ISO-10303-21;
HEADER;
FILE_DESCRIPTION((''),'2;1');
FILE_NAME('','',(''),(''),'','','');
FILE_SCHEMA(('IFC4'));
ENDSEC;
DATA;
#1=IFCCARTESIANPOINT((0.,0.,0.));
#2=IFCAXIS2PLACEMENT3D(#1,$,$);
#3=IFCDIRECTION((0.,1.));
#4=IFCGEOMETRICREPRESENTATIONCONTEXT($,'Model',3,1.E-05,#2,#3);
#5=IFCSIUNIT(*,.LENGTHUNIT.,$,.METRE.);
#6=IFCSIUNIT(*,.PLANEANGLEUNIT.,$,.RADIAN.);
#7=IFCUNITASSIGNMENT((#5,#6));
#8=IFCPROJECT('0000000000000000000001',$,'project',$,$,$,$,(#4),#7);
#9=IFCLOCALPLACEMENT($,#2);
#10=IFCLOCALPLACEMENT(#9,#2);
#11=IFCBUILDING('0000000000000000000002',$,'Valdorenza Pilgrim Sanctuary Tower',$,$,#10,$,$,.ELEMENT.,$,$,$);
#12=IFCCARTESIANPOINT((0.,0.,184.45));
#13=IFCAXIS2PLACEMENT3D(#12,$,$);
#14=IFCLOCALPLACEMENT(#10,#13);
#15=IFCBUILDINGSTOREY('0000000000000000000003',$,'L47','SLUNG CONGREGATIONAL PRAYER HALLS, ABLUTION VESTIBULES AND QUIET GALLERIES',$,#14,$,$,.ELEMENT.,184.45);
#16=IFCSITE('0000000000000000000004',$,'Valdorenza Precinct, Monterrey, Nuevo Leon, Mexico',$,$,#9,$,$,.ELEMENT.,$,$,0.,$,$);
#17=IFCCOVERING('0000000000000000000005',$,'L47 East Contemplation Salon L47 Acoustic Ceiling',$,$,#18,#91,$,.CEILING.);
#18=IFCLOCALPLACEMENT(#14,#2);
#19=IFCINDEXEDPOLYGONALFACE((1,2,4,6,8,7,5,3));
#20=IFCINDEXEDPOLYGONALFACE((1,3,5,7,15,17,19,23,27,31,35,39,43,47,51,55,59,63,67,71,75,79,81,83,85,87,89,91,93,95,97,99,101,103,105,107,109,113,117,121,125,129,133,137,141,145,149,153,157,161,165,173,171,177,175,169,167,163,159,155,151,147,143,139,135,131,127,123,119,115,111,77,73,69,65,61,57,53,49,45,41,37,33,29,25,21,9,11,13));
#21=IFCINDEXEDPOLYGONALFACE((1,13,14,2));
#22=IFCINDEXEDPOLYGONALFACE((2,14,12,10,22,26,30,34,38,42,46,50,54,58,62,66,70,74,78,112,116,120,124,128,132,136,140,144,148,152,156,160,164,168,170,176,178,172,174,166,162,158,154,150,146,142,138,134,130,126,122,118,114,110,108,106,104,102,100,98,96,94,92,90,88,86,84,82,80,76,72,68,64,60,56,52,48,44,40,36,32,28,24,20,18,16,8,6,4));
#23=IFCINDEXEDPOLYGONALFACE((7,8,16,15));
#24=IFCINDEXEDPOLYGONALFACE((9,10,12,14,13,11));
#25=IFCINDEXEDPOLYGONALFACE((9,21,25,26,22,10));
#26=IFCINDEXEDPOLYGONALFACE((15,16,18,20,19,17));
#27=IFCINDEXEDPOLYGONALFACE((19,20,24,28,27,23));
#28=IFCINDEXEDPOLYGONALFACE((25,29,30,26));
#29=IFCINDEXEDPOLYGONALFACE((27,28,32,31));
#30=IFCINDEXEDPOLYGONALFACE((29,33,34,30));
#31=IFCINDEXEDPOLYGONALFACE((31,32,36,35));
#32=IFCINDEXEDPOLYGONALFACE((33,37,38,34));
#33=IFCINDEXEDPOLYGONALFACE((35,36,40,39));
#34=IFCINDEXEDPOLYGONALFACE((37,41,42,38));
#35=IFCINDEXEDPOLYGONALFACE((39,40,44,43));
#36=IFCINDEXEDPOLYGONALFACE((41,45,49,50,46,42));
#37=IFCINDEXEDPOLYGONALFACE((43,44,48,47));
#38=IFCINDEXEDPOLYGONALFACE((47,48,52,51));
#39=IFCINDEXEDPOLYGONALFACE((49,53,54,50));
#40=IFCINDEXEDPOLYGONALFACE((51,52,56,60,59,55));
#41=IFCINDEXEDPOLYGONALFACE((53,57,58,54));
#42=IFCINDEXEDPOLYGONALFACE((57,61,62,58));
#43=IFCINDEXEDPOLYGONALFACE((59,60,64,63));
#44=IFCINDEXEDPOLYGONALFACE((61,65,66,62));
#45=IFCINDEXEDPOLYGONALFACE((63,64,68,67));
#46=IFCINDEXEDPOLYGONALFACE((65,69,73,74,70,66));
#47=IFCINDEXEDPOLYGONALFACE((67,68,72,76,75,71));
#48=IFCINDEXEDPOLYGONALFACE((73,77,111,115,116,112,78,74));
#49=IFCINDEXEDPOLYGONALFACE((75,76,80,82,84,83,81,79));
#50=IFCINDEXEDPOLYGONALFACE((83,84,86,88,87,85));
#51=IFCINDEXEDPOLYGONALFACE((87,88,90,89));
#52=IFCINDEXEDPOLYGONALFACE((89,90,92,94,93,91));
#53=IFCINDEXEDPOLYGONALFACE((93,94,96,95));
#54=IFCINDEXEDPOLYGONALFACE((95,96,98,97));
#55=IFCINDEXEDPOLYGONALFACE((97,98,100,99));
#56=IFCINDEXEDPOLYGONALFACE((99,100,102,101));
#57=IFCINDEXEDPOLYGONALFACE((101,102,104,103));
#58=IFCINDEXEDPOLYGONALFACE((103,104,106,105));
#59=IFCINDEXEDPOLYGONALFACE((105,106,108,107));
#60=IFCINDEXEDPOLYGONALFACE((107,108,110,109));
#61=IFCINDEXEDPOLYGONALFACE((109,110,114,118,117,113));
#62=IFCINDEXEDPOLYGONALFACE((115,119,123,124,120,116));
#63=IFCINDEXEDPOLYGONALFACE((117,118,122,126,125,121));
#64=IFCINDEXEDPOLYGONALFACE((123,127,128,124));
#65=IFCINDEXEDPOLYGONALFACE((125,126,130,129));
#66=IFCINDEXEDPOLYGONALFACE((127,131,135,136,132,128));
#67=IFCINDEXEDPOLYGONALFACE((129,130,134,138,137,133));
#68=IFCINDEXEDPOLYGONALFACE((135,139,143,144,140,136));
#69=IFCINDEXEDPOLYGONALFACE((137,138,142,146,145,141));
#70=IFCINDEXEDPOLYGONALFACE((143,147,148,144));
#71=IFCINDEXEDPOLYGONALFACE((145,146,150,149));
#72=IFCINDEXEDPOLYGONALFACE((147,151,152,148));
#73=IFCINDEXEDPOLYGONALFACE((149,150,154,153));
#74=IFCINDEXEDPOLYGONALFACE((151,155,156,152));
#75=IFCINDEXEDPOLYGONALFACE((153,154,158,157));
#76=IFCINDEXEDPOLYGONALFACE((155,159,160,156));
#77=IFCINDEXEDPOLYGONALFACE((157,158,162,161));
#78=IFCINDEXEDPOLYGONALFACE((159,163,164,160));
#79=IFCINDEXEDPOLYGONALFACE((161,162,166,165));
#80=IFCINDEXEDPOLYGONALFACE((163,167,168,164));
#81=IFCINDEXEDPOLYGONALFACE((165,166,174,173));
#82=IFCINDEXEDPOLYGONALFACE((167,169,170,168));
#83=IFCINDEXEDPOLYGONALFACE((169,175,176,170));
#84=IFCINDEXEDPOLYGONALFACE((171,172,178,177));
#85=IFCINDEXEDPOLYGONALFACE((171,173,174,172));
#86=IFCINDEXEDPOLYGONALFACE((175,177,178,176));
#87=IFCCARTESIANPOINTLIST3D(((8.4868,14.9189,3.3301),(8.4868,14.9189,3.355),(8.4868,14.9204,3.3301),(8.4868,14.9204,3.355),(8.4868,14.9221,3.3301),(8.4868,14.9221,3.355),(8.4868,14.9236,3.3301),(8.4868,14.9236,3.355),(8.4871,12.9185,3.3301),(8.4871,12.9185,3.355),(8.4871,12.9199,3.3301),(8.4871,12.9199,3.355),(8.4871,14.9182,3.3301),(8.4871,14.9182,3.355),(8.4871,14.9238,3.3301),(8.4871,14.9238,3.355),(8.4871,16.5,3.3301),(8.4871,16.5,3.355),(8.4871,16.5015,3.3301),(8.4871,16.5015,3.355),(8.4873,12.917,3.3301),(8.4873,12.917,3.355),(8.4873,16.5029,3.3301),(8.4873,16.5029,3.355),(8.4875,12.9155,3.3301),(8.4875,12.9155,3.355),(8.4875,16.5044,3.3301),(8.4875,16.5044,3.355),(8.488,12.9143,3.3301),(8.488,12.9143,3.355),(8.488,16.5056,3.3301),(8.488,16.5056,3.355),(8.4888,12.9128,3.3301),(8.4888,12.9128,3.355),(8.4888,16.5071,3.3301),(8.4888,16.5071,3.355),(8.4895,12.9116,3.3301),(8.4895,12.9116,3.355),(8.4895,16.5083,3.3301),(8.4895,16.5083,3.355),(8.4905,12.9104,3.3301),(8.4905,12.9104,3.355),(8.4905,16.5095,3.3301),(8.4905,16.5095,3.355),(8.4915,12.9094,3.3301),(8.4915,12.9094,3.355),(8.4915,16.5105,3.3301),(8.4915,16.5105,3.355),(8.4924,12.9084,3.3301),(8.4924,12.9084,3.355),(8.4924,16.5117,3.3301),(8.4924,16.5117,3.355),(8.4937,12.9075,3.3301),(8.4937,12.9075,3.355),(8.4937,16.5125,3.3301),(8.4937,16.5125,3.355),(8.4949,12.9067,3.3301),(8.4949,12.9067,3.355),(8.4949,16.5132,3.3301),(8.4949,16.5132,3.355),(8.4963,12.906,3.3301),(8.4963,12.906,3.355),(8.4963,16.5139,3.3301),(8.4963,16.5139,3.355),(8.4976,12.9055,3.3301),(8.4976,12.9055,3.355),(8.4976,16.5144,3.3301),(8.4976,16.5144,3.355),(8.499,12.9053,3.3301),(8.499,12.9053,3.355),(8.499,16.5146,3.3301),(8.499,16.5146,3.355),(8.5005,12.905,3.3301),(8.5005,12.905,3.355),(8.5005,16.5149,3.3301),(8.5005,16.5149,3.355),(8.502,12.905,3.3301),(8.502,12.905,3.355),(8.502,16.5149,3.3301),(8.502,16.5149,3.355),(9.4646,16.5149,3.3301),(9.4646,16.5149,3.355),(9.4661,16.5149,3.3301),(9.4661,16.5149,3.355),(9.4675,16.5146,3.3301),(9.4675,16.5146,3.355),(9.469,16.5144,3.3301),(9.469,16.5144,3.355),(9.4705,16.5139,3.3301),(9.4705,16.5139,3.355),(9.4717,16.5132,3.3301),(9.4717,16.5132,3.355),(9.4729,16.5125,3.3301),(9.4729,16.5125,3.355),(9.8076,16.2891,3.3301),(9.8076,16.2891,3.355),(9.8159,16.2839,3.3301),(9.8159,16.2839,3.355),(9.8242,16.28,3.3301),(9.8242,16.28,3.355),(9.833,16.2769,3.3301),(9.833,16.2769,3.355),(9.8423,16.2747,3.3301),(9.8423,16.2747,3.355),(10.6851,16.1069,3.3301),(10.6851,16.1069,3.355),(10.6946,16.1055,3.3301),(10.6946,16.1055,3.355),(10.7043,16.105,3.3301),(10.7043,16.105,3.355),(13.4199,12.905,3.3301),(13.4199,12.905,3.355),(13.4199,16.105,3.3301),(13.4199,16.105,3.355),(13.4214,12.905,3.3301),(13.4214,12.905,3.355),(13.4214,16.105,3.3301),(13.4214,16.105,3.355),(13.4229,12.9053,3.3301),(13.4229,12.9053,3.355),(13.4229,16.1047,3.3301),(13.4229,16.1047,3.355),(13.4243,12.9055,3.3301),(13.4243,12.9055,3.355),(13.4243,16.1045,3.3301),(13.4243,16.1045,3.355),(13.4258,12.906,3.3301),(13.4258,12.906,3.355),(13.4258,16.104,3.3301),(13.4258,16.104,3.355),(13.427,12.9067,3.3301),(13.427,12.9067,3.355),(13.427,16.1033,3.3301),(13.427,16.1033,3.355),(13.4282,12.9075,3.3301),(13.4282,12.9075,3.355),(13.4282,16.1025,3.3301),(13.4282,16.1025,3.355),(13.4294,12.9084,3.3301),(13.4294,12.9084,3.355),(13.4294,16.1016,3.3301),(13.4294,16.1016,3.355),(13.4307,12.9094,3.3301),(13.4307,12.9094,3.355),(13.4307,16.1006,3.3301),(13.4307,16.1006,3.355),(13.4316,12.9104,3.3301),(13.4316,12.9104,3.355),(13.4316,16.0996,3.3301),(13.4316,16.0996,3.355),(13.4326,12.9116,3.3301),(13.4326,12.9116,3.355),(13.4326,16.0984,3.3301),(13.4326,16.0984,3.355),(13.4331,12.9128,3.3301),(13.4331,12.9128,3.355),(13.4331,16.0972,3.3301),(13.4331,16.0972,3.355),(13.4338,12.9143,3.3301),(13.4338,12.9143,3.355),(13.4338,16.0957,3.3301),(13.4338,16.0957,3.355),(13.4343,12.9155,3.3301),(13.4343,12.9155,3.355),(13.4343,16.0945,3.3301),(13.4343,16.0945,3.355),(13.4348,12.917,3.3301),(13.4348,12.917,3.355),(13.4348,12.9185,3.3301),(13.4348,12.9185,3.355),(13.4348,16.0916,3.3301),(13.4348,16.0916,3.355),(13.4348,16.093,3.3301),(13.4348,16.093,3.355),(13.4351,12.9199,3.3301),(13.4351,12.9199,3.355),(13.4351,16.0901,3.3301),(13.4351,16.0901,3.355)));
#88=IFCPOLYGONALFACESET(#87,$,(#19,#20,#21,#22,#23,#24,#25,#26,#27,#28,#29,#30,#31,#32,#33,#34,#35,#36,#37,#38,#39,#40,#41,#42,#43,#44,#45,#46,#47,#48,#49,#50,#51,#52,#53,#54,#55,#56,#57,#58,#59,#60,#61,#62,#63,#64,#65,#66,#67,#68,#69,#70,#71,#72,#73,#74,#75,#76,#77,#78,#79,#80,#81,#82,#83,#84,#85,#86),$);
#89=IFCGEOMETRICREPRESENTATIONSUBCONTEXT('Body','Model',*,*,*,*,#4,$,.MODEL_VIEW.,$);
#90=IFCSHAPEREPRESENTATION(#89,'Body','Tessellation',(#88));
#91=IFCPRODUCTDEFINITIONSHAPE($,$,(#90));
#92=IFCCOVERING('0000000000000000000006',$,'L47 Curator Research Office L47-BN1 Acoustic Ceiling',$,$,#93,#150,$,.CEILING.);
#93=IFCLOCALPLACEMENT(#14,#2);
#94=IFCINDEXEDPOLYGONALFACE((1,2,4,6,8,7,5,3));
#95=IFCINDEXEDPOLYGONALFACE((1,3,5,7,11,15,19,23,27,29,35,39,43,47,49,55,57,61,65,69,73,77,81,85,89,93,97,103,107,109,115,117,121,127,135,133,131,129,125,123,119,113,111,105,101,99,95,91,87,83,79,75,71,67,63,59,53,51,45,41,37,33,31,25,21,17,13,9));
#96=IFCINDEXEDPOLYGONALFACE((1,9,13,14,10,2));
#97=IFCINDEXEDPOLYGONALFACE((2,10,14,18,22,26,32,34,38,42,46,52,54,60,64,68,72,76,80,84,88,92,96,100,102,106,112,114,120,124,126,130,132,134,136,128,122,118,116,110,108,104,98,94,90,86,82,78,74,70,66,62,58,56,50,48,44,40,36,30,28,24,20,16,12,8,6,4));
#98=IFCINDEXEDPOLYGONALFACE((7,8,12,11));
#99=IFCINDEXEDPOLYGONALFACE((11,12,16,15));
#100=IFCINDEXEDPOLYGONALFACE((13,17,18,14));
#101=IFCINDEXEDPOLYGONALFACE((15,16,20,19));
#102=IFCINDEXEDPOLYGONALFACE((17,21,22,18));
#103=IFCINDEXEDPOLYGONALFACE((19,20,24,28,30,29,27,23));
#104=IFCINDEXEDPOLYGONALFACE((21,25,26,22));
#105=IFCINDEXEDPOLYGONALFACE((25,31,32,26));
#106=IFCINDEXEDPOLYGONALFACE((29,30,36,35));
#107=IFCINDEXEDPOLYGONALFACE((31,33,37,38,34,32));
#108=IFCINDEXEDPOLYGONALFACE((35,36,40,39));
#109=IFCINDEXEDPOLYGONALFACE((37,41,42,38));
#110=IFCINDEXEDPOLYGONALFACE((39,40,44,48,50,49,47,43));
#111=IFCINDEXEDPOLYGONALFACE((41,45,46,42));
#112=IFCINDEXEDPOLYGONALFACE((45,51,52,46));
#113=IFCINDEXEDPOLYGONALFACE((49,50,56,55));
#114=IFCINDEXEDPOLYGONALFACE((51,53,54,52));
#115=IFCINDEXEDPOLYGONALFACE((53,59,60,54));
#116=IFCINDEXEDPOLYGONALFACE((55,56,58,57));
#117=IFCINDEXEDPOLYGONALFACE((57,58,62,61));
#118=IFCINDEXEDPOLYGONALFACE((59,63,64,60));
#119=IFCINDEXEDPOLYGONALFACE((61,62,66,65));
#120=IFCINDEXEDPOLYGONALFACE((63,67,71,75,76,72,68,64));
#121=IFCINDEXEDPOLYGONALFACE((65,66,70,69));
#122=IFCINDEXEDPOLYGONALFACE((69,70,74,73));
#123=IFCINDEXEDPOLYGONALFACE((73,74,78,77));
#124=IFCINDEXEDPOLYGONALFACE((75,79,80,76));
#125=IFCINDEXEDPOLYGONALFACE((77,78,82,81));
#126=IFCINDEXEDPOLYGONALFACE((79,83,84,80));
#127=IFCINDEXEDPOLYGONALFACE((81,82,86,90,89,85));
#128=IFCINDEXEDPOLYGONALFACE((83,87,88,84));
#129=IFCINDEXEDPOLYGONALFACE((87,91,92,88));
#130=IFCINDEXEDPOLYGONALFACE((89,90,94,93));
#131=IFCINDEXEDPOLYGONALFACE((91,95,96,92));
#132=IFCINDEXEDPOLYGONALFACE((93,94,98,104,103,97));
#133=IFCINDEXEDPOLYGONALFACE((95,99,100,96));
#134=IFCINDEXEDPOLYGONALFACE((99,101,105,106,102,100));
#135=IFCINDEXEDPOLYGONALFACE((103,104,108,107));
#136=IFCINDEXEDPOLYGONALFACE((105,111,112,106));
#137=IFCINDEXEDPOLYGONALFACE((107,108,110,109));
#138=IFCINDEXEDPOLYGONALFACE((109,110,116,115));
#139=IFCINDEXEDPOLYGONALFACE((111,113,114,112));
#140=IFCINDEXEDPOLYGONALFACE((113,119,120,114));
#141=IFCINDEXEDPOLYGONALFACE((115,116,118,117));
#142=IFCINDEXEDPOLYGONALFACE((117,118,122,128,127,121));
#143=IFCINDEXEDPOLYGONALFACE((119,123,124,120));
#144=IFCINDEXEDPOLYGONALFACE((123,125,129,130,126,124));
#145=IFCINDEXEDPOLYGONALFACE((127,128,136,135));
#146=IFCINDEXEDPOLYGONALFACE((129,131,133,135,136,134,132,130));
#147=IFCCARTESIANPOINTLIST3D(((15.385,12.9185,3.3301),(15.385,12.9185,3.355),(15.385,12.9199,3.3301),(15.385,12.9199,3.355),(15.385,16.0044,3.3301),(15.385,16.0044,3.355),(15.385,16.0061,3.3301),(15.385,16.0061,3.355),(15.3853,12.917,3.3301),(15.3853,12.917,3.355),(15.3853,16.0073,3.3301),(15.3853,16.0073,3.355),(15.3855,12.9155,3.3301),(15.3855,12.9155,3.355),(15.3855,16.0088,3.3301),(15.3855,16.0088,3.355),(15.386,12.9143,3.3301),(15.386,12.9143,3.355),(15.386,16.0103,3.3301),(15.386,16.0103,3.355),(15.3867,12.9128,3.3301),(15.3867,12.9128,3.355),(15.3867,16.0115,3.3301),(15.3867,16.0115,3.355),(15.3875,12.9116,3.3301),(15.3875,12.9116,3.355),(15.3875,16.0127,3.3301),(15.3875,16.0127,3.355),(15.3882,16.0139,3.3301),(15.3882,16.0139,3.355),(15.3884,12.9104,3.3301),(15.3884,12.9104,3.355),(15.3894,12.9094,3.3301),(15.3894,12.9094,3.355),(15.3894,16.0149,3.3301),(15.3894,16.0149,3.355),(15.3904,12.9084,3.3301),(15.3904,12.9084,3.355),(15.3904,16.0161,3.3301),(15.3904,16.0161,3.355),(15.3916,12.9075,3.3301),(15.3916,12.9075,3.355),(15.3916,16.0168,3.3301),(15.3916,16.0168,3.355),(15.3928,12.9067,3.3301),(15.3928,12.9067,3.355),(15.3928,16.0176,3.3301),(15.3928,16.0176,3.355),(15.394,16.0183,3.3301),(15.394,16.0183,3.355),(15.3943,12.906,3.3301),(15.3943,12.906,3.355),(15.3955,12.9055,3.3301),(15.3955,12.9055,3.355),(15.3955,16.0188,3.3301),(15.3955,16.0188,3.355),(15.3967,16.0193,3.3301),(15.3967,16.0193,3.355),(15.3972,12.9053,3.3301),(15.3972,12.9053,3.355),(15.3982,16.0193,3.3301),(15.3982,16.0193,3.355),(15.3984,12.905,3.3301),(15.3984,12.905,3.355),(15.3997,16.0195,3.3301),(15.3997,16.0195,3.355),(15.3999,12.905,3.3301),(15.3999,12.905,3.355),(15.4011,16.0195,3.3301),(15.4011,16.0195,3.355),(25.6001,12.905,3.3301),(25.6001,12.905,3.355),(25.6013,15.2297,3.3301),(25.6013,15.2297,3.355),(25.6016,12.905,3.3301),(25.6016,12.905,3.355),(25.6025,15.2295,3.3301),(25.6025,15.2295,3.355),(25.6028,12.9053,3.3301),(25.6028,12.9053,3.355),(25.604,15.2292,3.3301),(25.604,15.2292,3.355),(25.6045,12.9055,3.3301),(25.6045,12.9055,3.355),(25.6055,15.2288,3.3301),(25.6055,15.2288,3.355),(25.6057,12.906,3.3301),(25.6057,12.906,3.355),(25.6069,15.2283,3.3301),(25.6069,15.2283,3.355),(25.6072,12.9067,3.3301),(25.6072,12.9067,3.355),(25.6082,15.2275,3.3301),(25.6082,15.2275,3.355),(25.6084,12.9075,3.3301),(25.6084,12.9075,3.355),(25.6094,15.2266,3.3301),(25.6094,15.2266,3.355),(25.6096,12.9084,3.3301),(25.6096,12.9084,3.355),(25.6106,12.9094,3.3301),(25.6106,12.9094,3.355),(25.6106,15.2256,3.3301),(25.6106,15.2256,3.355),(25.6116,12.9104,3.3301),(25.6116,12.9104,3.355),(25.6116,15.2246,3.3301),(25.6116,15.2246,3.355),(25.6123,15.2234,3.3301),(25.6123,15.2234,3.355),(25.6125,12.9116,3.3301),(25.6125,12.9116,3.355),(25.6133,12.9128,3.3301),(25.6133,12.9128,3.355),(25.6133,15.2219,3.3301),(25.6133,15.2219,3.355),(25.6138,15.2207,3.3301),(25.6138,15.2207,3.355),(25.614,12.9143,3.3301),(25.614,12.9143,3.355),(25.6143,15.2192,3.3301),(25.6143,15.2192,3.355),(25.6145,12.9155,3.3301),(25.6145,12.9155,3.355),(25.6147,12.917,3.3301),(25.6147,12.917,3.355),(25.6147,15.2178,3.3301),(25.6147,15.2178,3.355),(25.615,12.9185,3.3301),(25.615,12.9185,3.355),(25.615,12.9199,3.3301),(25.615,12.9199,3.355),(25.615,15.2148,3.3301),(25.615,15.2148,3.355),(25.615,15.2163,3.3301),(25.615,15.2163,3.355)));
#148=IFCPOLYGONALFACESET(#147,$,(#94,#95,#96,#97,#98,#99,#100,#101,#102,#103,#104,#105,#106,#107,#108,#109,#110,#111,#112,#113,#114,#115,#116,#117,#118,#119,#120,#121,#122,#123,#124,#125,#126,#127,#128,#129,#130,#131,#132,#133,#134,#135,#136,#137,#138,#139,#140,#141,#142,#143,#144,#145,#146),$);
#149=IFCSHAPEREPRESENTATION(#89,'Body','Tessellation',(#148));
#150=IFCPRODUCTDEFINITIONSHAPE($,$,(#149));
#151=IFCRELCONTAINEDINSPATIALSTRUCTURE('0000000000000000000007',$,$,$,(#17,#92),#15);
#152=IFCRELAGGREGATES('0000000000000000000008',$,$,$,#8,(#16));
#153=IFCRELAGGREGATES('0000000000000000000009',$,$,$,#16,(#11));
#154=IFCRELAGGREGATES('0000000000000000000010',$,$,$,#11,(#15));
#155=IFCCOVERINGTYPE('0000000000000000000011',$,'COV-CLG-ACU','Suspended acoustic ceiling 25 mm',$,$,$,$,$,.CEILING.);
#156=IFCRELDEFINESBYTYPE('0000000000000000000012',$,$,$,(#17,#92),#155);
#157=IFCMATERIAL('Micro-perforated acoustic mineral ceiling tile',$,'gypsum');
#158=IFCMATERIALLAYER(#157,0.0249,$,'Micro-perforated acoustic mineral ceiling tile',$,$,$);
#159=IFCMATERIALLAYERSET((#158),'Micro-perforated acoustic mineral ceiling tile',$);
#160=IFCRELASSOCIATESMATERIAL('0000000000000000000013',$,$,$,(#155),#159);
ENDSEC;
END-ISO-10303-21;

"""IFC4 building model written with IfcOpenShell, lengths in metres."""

from ifc_helpers import new_model, si_unit, direction, frame, origin, place, context, subcontext, project, spatial, polyline, outline, extrude, material, layer, layer_set, type_object, element, save


model = new_model("IFC4")

# Units and contexts
model_context = context("Model", 3, precision=1e-05, world=origin(), true_north=direction((0.0, 1.0)))
body_context = subcontext(model_context, "Body", "Model", "MODEL_VIEW")
ifc_project = project(units=[si_unit("LENGTHUNIT", "METRE"), si_unit("PLANEANGLEUNIT", "RADIAN")], contexts=[model_context])

# Site, building, storey
site_placement = place(None, origin())
site = spatial("IfcSite", under=ifc_project, at=site_placement, Name="Valdorenza Precinct, Monterrey, Nuevo Leon, Mexico", CompositionType="ELEMENT", RefElevation=0.0)
building_placement = place(site_placement, origin())
building = spatial("IfcBuilding", under=site, at=building_placement, Name="Valdorenza Pilgrim Sanctuary Tower", CompositionType="ELEMENT")
storey_placement = place(building_placement, frame((0.0, 0.0, 184.45)))
storey = spatial("IfcBuildingStorey", under=building, at=storey_placement, Name="L47", Description="SLUNG CONGREGATIONAL PRAYER HALLS, ABLUTION VESTIBULES AND QUIET GALLERIES", CompositionType="ELEMENT", Elevation=184.45)

# Coverings
ifc_material_1 = material(Name="Micro-perforated acoustic mineral ceiling tile", Category="gypsum")
ifc_layer_1 = layer(ifc_material_1, 0.0249, Name="Micro-perforated acoustic mineral ceiling tile")
ifc_layer_set_1 = layer_set([ifc_layer_1], Name="Micro-perforated acoustic mineral ceiling tile")
covering_type_1 = type_object("IfcCoveringType", Name="COV-CLG-ACU", Description="Suspended acoustic ceiling 25 mm", PredefinedType="CEILING", material=ifc_layer_set_1)
covering_1_placement = place(storey_placement, frame((0.0, 0.0, 3.3301)))
element("IfcCovering", 1, at=covering_1_placement, inside=storey, type_object=covering_type_1, Name="L47 East Contemplation Salon L47 Acoustic Ceiling", PredefinedType="CEILING", context=body_context, shape_type="SweptSolid", body=[
    extrude(outline(polyline([(8.4871, 14.9182), (8.4868, 14.9189), (8.4868, 14.9204), (8.4868, 14.9221), (8.4868, 14.9236), (8.4871, 14.9238), (8.4871, 16.5), (8.4871, 16.5015), (8.4873, 16.5029), (8.4875, 16.5044), (8.488, 16.5056), (8.4888, 16.5071), (8.4895, 16.5083), (8.4905, 16.5095), (8.4915, 16.5105), (8.4924, 16.5117), (8.4937, 16.5125), (8.4949, 16.5132), (8.4963, 16.5139), (8.4976, 16.5144), (8.499, 16.5146), (8.5005, 16.5149), (8.502, 16.5149), (9.4646, 16.5149), (9.4661, 16.5149), (9.4675, 16.5146), (9.469, 16.5144), (9.4705, 16.5139), (9.4717, 16.5132), (9.4729, 16.5125), (9.8076, 16.2891), (9.8159, 16.2839), (9.8242, 16.28), (9.833, 16.2769), (9.8423, 16.2747), (10.6851, 16.1069), (10.6946, 16.1055), (10.7043, 16.105), (13.4199, 16.105), (13.4214, 16.105), (13.4229, 16.1047), (13.4243, 16.1045), (13.4258, 16.104), (13.427, 16.1033), (13.4282, 16.1025), (13.4294, 16.1016), (13.4307, 16.1006), (13.4316, 16.0996), (13.4326, 16.0984), (13.4331, 16.0972), (13.4338, 16.0957), (13.4343, 16.0945), (13.4348, 16.093), (13.4348, 16.0916), (13.4351, 16.0901), (13.4351, 12.9199), (13.4348, 12.9185), (13.4348, 12.917), (13.4343, 12.9155), (13.4338, 12.9143), (13.4331, 12.9128), (13.4326, 12.9116), (13.4316, 12.9104), (13.4307, 12.9094), (13.4294, 12.9084), (13.4282, 12.9075), (13.427, 12.9067), (13.4258, 12.906), (13.4243, 12.9055), (13.4229, 12.9053), (13.4214, 12.905), (13.4199, 12.905), (8.502, 12.905), (8.5005, 12.905), (8.499, 12.9053), (8.4976, 12.9055), (8.4963, 12.906), (8.4949, 12.9067), (8.4937, 12.9075), (8.4924, 12.9084), (8.4915, 12.9094), (8.4905, 12.9104), (8.4895, 12.9116), (8.4888, 12.9128), (8.488, 12.9143), (8.4875, 12.9155), (8.4873, 12.917), (8.4871, 12.9185), (8.4871, 12.9199), (8.4871, 14.9182)])), origin(), (0.0, 0.0, 1.0), 0.0249),
])
covering_2_placement = place(storey_placement, frame((0.0, 0.0, 3.3301)))
element("IfcCovering", 2, at=covering_2_placement, inside=storey, type_object=covering_type_1, Name="L47 Curator Research Office L47-BN1 Acoustic Ceiling", PredefinedType="CEILING", context=body_context, shape_type="SweptSolid", body=[
    extrude(outline(polyline([(15.3999, 12.905), (15.3984, 12.905), (15.3972, 12.9053), (15.3955, 12.9055), (15.3943, 12.906), (15.3928, 12.9067), (15.3916, 12.9075), (15.3904, 12.9084), (15.3894, 12.9094), (15.3884, 12.9104), (15.3875, 12.9116), (15.3867, 12.9128), (15.386, 12.9143), (15.3855, 12.9155), (15.3853, 12.917), (15.385, 12.9185), (15.385, 12.9199), (15.385, 16.0044), (15.385, 16.0061), (15.3853, 16.0073), (15.3855, 16.0088), (15.386, 16.0103), (15.3867, 16.0115), (15.3875, 16.0127), (15.3882, 16.0139), (15.3894, 16.0149), (15.3904, 16.0161), (15.3916, 16.0168), (15.3928, 16.0176), (15.394, 16.0183), (15.3955, 16.0188), (15.3967, 16.0193), (15.3982, 16.0193), (15.3997, 16.0195), (15.4011, 16.0195), (25.6013, 15.2297), (25.6025, 15.2295), (25.604, 15.2292), (25.6055, 15.2288), (25.6069, 15.2283), (25.6082, 15.2275), (25.6094, 15.2266), (25.6106, 15.2256), (25.6116, 15.2246), (25.6123, 15.2234), (25.6133, 15.2219), (25.6138, 15.2207), (25.6143, 15.2192), (25.6147, 15.2178), (25.615, 15.2163), (25.615, 15.2148), (25.615, 12.9199), (25.615, 12.9185), (25.6147, 12.917), (25.6145, 12.9155), (25.614, 12.9143), (25.6133, 12.9128), (25.6125, 12.9116), (25.6116, 12.9104), (25.6106, 12.9094), (25.6096, 12.9084), (25.6084, 12.9075), (25.6072, 12.9067), (25.6057, 12.906), (25.6045, 12.9055), (25.6028, 12.9053), (25.6016, 12.905), (25.6001, 12.905), (15.3999, 12.905)])), origin(), (0.0, 0.0, 1.0), 0.0249),
])

save(model, "model.ifc")
